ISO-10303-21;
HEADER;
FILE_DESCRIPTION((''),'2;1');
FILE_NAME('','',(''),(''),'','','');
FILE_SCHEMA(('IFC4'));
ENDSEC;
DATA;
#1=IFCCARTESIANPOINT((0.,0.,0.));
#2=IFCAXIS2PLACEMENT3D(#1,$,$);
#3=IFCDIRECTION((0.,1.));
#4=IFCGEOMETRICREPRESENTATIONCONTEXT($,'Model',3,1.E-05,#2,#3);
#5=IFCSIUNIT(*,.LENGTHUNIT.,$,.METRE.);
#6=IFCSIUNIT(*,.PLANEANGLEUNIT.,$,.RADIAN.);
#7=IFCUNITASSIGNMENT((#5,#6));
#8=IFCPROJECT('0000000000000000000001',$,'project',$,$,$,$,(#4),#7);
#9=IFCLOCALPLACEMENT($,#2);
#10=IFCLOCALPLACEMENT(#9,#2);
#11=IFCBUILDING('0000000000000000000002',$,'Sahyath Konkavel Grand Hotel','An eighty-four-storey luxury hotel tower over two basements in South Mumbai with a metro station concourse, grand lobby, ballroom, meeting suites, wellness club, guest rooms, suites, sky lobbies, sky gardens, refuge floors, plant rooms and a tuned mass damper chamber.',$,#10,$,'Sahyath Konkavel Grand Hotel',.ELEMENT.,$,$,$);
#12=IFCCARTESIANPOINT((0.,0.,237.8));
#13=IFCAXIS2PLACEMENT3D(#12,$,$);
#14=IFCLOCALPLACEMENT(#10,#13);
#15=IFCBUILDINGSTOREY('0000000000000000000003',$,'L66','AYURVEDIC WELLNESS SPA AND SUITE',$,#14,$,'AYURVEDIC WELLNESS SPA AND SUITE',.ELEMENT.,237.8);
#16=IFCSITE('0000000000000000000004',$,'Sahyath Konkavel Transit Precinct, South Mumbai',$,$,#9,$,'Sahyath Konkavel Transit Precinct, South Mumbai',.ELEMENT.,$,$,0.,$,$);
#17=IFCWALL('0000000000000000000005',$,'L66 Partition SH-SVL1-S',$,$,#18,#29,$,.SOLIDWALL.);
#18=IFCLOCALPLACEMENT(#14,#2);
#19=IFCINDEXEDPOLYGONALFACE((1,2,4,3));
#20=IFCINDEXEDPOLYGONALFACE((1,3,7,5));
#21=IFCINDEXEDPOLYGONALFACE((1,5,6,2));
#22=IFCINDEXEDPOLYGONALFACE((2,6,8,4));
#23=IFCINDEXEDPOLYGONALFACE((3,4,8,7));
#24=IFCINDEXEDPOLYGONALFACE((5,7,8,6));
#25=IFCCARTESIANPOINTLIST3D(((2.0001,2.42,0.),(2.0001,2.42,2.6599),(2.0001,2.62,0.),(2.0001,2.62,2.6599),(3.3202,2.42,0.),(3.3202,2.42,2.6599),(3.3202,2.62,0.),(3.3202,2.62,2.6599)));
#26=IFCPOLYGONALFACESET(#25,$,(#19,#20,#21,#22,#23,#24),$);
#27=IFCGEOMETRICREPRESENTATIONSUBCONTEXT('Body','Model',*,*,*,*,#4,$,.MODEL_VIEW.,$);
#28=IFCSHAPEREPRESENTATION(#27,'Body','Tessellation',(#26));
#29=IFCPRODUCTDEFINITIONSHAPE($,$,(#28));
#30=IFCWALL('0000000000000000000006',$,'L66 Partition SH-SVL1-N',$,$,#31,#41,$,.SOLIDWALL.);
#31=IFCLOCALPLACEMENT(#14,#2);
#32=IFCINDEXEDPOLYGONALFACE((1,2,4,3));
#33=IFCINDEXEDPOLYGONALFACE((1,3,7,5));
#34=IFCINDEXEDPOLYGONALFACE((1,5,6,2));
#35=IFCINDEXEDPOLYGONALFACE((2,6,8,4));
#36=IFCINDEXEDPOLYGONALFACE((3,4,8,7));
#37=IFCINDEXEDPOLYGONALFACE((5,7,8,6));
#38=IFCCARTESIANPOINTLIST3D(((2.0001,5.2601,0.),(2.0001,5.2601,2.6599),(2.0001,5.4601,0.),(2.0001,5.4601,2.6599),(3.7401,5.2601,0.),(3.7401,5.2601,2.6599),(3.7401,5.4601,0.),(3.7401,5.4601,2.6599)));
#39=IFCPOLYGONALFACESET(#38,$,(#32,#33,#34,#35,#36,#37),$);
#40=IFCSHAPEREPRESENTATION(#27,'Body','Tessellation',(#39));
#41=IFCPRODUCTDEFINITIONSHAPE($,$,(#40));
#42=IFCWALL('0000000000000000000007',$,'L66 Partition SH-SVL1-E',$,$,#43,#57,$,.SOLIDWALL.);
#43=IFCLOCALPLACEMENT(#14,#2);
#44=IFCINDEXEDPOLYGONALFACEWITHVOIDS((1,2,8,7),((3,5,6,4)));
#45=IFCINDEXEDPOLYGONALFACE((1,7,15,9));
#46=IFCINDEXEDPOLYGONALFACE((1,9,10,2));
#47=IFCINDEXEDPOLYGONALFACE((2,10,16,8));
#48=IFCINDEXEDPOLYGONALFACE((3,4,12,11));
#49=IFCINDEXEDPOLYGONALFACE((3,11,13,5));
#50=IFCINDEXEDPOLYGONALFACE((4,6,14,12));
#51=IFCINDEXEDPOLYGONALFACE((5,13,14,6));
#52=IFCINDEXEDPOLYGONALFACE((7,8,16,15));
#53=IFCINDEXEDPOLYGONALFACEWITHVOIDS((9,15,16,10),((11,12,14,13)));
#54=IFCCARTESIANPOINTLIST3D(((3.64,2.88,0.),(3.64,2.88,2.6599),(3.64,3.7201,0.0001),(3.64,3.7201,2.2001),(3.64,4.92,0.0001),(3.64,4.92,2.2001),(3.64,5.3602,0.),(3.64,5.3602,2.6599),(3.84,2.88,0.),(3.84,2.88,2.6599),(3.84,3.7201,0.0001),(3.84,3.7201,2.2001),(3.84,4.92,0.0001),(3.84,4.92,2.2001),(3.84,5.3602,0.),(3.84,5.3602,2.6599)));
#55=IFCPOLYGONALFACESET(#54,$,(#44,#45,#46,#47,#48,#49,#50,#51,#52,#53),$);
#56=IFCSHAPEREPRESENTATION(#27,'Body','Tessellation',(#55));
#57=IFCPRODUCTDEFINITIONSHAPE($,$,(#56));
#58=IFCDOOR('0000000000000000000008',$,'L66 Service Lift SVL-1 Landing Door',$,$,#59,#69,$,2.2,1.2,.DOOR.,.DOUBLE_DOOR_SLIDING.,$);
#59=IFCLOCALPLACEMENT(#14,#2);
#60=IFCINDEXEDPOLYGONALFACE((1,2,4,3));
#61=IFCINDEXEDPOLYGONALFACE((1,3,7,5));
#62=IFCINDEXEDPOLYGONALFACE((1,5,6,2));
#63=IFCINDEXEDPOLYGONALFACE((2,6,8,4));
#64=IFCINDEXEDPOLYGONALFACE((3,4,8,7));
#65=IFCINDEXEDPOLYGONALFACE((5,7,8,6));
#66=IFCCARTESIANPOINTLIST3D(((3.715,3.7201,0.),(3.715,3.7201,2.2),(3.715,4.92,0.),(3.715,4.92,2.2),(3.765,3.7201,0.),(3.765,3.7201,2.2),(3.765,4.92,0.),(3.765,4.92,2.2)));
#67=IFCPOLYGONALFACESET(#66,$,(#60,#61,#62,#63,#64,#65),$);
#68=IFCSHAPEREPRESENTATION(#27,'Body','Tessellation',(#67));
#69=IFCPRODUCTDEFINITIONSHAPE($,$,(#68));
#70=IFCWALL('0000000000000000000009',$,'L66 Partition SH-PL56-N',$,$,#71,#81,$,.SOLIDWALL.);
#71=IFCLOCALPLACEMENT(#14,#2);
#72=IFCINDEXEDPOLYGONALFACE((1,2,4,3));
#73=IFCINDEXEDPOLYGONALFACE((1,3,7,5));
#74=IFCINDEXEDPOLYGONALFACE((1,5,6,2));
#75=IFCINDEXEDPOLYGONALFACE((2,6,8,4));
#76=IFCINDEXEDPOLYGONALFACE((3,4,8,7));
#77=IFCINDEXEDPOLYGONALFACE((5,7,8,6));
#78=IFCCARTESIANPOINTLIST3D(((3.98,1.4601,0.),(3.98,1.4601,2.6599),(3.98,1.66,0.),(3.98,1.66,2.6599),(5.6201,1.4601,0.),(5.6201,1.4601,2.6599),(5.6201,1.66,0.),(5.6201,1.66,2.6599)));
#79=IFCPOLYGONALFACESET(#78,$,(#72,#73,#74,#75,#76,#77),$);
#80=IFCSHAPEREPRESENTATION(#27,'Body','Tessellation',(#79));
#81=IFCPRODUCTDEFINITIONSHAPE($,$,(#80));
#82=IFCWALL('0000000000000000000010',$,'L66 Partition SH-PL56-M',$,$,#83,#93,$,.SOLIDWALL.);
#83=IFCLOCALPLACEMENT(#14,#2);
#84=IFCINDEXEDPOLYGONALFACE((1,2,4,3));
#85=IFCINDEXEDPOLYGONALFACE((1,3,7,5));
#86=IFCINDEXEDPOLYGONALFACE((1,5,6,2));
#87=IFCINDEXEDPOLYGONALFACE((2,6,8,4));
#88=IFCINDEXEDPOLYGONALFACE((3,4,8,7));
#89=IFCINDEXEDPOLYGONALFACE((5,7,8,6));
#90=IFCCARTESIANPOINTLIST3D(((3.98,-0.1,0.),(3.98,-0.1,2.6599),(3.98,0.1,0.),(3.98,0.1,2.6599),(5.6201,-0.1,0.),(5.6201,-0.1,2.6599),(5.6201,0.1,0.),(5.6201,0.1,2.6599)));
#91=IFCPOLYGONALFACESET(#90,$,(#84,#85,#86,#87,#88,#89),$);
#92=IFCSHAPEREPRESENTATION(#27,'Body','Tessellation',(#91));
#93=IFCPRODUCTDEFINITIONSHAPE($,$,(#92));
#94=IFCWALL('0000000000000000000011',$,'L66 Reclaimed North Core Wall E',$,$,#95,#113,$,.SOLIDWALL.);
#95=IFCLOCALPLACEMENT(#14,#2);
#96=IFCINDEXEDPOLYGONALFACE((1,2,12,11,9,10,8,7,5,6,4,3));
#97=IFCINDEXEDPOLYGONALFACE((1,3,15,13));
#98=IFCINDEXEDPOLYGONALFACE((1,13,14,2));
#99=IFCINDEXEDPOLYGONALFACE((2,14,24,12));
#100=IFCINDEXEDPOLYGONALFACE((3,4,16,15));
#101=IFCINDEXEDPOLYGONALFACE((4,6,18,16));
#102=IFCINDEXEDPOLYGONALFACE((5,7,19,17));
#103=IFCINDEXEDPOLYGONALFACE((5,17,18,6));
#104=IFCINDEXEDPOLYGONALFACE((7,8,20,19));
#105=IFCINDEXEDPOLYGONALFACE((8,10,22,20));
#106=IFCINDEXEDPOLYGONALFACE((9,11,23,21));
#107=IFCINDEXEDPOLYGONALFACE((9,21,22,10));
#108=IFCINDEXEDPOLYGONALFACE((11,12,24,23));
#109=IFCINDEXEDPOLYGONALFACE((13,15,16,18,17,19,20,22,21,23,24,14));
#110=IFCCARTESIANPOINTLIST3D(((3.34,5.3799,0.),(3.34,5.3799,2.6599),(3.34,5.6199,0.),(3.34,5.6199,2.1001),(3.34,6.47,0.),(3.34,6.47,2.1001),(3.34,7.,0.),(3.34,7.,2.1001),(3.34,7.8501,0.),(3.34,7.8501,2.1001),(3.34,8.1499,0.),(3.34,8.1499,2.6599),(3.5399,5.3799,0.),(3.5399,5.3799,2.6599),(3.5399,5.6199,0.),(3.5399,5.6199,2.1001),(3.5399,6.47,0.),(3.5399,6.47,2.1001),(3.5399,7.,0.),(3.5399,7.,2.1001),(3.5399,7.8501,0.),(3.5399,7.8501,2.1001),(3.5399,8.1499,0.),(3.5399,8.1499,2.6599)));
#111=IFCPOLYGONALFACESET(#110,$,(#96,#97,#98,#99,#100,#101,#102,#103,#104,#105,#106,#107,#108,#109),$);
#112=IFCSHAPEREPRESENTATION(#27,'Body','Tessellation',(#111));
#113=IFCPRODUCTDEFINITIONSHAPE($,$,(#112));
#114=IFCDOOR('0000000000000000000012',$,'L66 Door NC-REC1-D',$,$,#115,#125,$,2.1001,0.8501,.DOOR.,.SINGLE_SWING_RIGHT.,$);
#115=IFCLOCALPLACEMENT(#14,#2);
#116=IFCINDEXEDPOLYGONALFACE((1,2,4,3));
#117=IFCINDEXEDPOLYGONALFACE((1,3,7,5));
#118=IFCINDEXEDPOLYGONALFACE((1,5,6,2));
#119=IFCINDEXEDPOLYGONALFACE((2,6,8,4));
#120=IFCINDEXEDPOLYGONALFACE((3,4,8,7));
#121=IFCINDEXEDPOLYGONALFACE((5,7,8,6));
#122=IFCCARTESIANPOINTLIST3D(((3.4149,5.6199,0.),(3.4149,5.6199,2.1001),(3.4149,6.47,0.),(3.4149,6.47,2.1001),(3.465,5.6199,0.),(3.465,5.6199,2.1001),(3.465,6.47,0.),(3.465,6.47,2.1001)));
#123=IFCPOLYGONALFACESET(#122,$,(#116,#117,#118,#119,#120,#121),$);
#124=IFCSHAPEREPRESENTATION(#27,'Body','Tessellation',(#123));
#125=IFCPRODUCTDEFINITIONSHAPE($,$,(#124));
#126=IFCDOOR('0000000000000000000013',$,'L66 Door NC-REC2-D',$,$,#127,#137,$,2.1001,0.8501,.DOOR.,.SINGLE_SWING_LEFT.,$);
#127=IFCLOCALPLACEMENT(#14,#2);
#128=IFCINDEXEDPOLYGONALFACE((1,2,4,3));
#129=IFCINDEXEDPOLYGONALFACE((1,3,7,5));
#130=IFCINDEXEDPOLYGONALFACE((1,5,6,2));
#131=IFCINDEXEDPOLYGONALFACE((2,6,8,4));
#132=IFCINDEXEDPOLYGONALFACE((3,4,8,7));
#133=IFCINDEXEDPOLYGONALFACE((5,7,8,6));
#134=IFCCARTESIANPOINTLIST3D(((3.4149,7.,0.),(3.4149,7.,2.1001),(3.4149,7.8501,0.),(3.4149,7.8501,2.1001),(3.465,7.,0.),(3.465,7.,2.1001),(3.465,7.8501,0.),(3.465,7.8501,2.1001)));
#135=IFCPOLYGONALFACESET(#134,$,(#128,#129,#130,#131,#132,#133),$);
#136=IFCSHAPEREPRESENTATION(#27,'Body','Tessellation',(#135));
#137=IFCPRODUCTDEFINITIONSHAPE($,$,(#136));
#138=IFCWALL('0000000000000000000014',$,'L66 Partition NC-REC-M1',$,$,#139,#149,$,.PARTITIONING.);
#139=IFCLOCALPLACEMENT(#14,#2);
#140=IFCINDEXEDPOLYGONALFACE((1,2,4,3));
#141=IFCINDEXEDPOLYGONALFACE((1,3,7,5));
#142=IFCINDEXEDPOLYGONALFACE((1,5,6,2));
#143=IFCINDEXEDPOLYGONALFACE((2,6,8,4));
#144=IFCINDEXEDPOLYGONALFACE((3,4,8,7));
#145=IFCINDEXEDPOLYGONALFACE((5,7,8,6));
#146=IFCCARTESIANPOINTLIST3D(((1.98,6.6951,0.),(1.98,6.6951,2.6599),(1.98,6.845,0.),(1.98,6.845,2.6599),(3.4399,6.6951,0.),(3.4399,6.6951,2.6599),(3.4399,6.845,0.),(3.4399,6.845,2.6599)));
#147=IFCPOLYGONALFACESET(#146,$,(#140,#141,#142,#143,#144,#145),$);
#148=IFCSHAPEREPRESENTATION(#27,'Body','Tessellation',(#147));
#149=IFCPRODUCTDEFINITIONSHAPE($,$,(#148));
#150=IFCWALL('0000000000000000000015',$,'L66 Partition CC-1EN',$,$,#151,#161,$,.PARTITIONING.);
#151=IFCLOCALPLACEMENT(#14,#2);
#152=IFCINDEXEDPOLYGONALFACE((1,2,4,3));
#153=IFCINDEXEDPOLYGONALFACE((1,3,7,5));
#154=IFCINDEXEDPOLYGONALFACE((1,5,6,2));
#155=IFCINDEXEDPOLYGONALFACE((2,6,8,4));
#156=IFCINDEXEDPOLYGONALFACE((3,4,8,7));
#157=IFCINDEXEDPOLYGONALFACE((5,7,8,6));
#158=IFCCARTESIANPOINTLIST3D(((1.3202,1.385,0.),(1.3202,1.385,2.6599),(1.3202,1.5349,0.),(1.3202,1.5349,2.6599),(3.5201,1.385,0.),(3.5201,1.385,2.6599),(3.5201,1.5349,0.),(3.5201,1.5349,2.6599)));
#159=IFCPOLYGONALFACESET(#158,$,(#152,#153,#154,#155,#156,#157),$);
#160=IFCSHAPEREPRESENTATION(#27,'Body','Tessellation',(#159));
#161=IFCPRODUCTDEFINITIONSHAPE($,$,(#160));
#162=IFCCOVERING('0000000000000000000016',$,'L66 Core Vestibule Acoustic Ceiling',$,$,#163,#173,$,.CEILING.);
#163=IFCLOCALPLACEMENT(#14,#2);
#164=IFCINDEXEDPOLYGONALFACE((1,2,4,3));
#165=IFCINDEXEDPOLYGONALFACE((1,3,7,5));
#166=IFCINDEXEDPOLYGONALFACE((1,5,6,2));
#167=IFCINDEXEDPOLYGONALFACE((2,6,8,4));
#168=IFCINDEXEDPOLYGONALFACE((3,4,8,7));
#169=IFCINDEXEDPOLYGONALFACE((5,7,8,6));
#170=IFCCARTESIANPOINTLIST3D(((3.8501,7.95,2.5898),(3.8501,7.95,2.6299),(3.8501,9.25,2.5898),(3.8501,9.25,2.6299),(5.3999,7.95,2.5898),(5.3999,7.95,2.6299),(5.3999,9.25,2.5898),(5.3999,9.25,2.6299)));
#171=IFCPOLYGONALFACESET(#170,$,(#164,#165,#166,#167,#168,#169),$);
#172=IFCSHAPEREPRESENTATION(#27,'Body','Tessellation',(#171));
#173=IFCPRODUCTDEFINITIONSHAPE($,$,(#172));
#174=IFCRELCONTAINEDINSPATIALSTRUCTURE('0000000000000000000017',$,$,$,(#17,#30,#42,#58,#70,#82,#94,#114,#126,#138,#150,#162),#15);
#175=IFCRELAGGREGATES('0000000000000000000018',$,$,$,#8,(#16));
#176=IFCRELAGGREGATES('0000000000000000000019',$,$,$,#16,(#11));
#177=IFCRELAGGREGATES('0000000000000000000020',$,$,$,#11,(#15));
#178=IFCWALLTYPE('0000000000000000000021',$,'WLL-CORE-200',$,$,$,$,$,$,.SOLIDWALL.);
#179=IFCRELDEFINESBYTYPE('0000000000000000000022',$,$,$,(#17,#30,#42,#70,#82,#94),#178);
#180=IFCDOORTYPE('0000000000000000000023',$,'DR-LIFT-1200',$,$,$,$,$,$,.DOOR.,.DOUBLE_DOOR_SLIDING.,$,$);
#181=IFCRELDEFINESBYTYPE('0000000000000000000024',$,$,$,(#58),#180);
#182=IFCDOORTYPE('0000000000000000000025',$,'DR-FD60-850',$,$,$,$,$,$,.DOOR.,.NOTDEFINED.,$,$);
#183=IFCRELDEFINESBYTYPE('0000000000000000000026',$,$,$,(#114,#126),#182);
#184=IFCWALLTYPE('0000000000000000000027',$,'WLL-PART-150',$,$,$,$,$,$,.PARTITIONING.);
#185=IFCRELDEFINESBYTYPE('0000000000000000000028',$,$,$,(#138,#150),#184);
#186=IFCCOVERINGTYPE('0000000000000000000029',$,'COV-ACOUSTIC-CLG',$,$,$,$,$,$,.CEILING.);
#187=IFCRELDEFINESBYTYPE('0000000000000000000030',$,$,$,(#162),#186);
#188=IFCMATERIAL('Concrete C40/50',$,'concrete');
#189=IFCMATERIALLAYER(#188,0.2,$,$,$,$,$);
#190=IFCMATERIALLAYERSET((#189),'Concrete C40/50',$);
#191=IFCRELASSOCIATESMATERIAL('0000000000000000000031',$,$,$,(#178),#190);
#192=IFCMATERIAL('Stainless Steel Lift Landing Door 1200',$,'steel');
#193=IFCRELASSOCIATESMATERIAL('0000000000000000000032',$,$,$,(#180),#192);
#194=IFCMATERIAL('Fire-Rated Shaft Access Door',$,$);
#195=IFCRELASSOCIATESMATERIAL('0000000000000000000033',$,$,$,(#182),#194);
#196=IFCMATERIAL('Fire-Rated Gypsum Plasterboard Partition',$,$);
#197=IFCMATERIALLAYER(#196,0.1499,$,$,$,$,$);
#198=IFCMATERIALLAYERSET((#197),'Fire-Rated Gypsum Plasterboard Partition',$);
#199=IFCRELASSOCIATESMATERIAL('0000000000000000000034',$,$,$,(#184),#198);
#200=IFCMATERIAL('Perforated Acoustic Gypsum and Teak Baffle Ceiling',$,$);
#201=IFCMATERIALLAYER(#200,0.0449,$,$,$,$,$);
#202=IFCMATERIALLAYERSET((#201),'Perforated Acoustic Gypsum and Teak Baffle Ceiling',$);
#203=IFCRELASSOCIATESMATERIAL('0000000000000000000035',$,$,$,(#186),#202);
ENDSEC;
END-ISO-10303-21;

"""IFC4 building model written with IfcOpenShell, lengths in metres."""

from ifc_helpers import new_model, si_unit, direction, frame, frame_2d, origin, origin_2d, place, context, subcontext, project, spatial, polyline, rectangle, outline, extrude, source, transform, mapped, material, layer, layer_set, type_object, element, fill, save


model = new_model("IFC4")

# Units and contexts
model_context = context("Model", 3, precision=1e-05, world=origin(), true_north=direction((0.0, 1.0)))
body_context = subcontext(model_context, "Body", "Model", "MODEL_VIEW")
ifc_project = project(units=[si_unit("LENGTHUNIT", "METRE"), si_unit("PLANEANGLEUNIT", "RADIAN")], contexts=[model_context])

# Site, building, storey
site_placement = place(None, origin())
site = spatial("IfcSite", under=ifc_project, at=site_placement, Name="Sahyath Konkavel Transit Precinct, South Mumbai", LongName="Sahyath Konkavel Transit Precinct, South Mumbai", CompositionType="ELEMENT", RefElevation=0.0)
building_placement = place(site_placement, origin())
building = spatial("IfcBuilding", under=site, at=building_placement, Name="Sahyath Konkavel Grand Hotel", Description="An eighty-four-storey luxury hotel tower over two basements in South Mumbai with a metro station concourse, grand lobby, ballroom, meeting suites, wellness club, guest rooms, suites, sky lobbies, sky gardens, refuge floors, plant rooms and a tuned mass damper chamber.", LongName="Sahyath Konkavel Grand Hotel", CompositionType="ELEMENT")
storey_placement = place(building_placement, frame((0.0, 0.0, 237.8)))
storey = spatial("IfcBuildingStorey", under=building, at=storey_placement, Name="L66", Description="AYURVEDIC WELLNESS SPA AND SUITE", LongName="AYURVEDIC WELLNESS SPA AND SUITE", CompositionType="ELEMENT", Elevation=237.8)

# Shared definitions
ifc_material_1 = material(Name="Concrete C40/50", Category="concrete")

# Shared definitions
ifc_layer_1 = layer(ifc_material_1, 0.2)
ifc_layer_set_1 = layer_set([ifc_layer_1], Name="Concrete C40/50")
wall_type_1 = type_object("IfcWallType", Name="WLL-CORE-200", PredefinedType="SOLIDWALL", material=ifc_layer_set_1)
shared_shape_1 = source(origin(), body_context, "Body", "SweptSolid", [
    extrude(rectangle(XDim=0.8501, YDim=0.05, at=origin_2d()), origin(), (0.0, 0.0, 1.0), 2.1001),
])

# Walls
wall_1_placement = place(storey_placement, frame((2.0, 2.52, 0.0), z_axis=(0.0, 0.0, 1.0), x_axis=(1.0, 0.0, 0.0)))
element("IfcWall", 1, at=wall_1_placement, inside=storey, type_object=wall_type_1, Name="L66 Partition SH-SVL1-S", PredefinedType="SOLIDWALL", context=body_context, shape_type="SweptSolid", body=[
    extrude(rectangle(XDim=1.3201, YDim=0.2, at=frame_2d((0.6602, 0.0))), origin(), (0.0, 0.0, 1.0), 2.6599),
])
wall_2_placement = place(storey_placement, frame((2.0, 5.3601, 0.0), z_axis=(0.0, 0.0, 1.0), x_axis=(1.0, 0.0, 0.0)))
element("IfcWall", 2, at=wall_2_placement, inside=storey, type_object=wall_type_1, Name="L66 Partition SH-SVL1-N", PredefinedType="SOLIDWALL", context=body_context, shape_type="SweptSolid", body=[
    extrude(rectangle(XDim=1.74, YDim=0.2, at=frame_2d((0.8701, 0.0))), origin(), (0.0, 0.0, 1.0), 2.6599),
])

# Wall, opening, door
wall_3_placement = place(storey_placement, frame((3.74, 2.8799, 0.0), z_axis=(0.0, 0.0, 1.0), x_axis=(0.0, 1.0, 0.0)))
wall_3 = element("IfcWall", 3, at=wall_3_placement, inside=storey, type_object=wall_type_1, Name="L66 Partition SH-SVL1-E", PredefinedType="SOLIDWALL", context=body_context, shape_type="SweptSolid", body=[
    extrude(rectangle(XDim=2.4802, YDim=0.2, at=frame_2d((1.2402, 0.0))), origin(), (0.0, 0.0, 1.0), 2.6599),
])
opening_1_placement = place(wall_3_placement, frame((0.8401, 0.0, 0.0)))
opening_1 = element("IfcOpeningElement", 4, at=opening_1_placement, cuts=wall_3, PredefinedType="OPENING", context=body_context, shape_type="SweptSolid", body=[
    extrude(rectangle(XDim=1.2, YDim=2.2, at=frame_2d((0.6001, 1.1001))), frame((0.0, 0.1099, 0.0), z_axis=(0.0, -1.0, 0.0), x_axis=(1.0, 0.0, 0.0)), (0.0, 0.0, 1.0), 0.22),
])
ifc_material_2 = material(Name="Stainless Steel Lift Landing Door 1200", Category="steel")
door_type_1 = type_object("IfcDoorType", Name="DR-LIFT-1200", OperationType="DOUBLE_DOOR_SLIDING", PredefinedType="DOOR", material=ifc_material_2)
shared_shape_2 = source(origin(), body_context, "Body", "SweptSolid", [
    extrude(rectangle(XDim=1.2, YDim=0.05, at=origin_2d()), origin(), (0.0, 0.0, 1.0), 2.2),
])
door_1_placement = place(opening_1_placement, frame((0.6001, 0.0, 0.0)))
door_1 = element("IfcDoor", 5, at=door_1_placement, inside=storey, type_object=door_type_1, Name="L66 Service Lift SVL-1 Landing Door", OperationType="DOUBLE_DOOR_SLIDING", OverallHeight=2.2, OverallWidth=1.2, PredefinedType="DOOR", context=body_context, shape_type="MappedRepresentation", body=[
    mapped(shared_shape_2, transform((0.0, 0.0, 0.0), scale=1.0)),
])
fill(opening_1, door_1)

# Walls
for number, where, z_axis, x_axis, name in (
    (6, (3.98, 1.5601, 0.0), (0.0, 0.0, 1.0), (1.0, 0.0, 0.0), "L66 Partition SH-PL56-N"),
    (7, (3.98, 0.0, 0.0), (0.0, 0.0, 1.0), (1.0, 0.0, 0.0), "L66 Partition SH-PL56-M"),
):
    element("IfcWall", number, at=place(storey_placement, frame(where, z_axis=z_axis, x_axis=x_axis)), inside=storey, type_object=wall_type_1, Name=name, PredefinedType="SOLIDWALL", context=body_context, shape_type="SweptSolid", body=[
        extrude(rectangle(XDim=1.6401, YDim=0.2, at=frame_2d((0.8201, 0.0))), origin(), (0.0, 0.0, 1.0), 2.6599),
    ])

# Wall, openings, doors
wall_4_placement = place(storey_placement, frame((3.4399, 5.3799, 0.0), z_axis=(0.0, 0.0, 1.0), x_axis=(0.0, 1.0, 0.0)))
wall_4 = element("IfcWall", 8, at=wall_4_placement, inside=storey, type_object=wall_type_1, Name="L66 Reclaimed North Core Wall E", PredefinedType="SOLIDWALL", context=body_context, shape_type="SweptSolid", body=[
    extrude(rectangle(XDim=2.77, YDim=0.2, at=frame_2d((1.385, 0.0))), origin(), (0.0, 0.0, 1.0), 2.6599),
])
opening_2_placement = place(wall_4_placement, frame((0.24, 0.0, 0.0)))
opening_2 = element("IfcOpeningElement", 9, at=opening_2_placement, cuts=wall_4, PredefinedType="OPENING", context=body_context, shape_type="SweptSolid", body=[
    extrude(rectangle(XDim=0.8501, YDim=2.1001, at=frame_2d((0.425, 1.05))), frame((0.0, 0.1099, 0.0), z_axis=(0.0, -1.0, 0.0), x_axis=(1.0, 0.0, 0.0)), (0.0, 0.0, 1.0), 0.22),
])
opening_3_placement = place(wall_4_placement, frame((1.6201, 0.0, 0.0)))
opening_3 = element("IfcOpeningElement", 10, at=opening_3_placement, cuts=wall_4, PredefinedType="OPENING", context=body_context, shape_type="SweptSolid", body=[
    extrude(rectangle(XDim=0.8501, YDim=2.1001, at=frame_2d((0.425, 1.05))), frame((0.0, 0.1099, 0.0), z_axis=(0.0, -1.0, 0.0), x_axis=(1.0, 0.0, 0.0)), (0.0, 0.0, 1.0), 0.22),
])
ifc_material_3 = material(Name="Fire-Rated Shaft Access Door")
door_type_2 = type_object("IfcDoorType", Name="DR-FD60-850", OperationType="NOTDEFINED", PredefinedType="DOOR", material=ifc_material_3)
door_2_placement = place(opening_2_placement, frame((0.425, 0.0, 0.0)))
door_2 = element("IfcDoor", 11, at=door_2_placement, inside=storey, type_object=door_type_2, Name="L66 Door NC-REC1-D", OperationType="SINGLE_SWING_RIGHT", OverallHeight=2.1001, OverallWidth=0.8501, PredefinedType="DOOR", context=body_context, shape_type="MappedRepresentation", body=[
    mapped(shared_shape_1, transform((0.0, 0.0, 0.0), scale=1.0)),
])
fill(opening_2, door_2)
door_3_placement = place(opening_3_placement, frame((0.425, 0.0, 0.0)))
door_3 = element("IfcDoor", 12, at=door_3_placement, inside=storey, type_object=door_type_2, Name="L66 Door NC-REC2-D", OperationType="SINGLE_SWING_LEFT", OverallHeight=2.1001, OverallWidth=0.8501, PredefinedType="DOOR", context=body_context, shape_type="MappedRepresentation", body=[
    mapped(shared_shape_1, transform((0.0, 0.0, 0.0), scale=1.0)),
])
fill(opening_3, door_3)

# Walls
ifc_material_4 = material(Name="Fire-Rated Gypsum Plasterboard Partition")
ifc_layer_2 = layer(ifc_material_4, 0.1499)
ifc_layer_set_2 = layer_set([ifc_layer_2], Name="Fire-Rated Gypsum Plasterboard Partition")
wall_type_2 = type_object("IfcWallType", Name="WLL-PART-150", PredefinedType="PARTITIONING", material=ifc_layer_set_2)
wall_5_placement = place(storey_placement, frame((1.98, 6.77, 0.0), z_axis=(0.0, 0.0, 1.0), x_axis=(1.0, 0.0, 0.0)))
element("IfcWall", 13, at=wall_5_placement, inside=storey, type_object=wall_type_2, Name="L66 Partition NC-REC-M1", PredefinedType="PARTITIONING", context=body_context, shape_type="SweptSolid", body=[
    extrude(rectangle(XDim=1.46, YDim=0.1499, at=frame_2d((0.73, 0.0))), origin(), (0.0, 0.0, 1.0), 2.6599),
])
wall_6_placement = place(storey_placement, frame((1.3201, 1.46, 0.0), z_axis=(0.0, 0.0, 1.0), x_axis=(1.0, 0.0, 0.0)))
element("IfcWall", 14, at=wall_6_placement, inside=storey, type_object=wall_type_2, Name="L66 Partition CC-1EN", PredefinedType="PARTITIONING", context=body_context, shape_type="SweptSolid", body=[
    extrude(rectangle(XDim=2.2, YDim=0.1499, at=frame_2d((1.1001, 0.0))), origin(), (0.0, 0.0, 1.0), 2.6599),
])

# Covering
ifc_material_5 = material(Name="Perforated Acoustic Gypsum and Teak Baffle Ceiling")
ifc_layer_3 = layer(ifc_material_5, 0.0449)
ifc_layer_set_3 = layer_set([ifc_layer_3], Name="Perforated Acoustic Gypsum and Teak Baffle Ceiling")
covering_type_1 = type_object("IfcCoveringType", Name="COV-ACOUSTIC-CLG", PredefinedType="CEILING", material=ifc_layer_set_3)
covering_1_placement = place(storey_placement, frame((0.0, 0.0, 2.5898)))
element("IfcCovering", 15, at=covering_1_placement, inside=storey, type_object=covering_type_1, Name="L66 Core Vestibule Acoustic Ceiling", PredefinedType="CEILING", context=body_context, shape_type="SweptSolid", body=[
    extrude(outline(polyline([(3.8501, 7.95), (5.3999, 7.95), (5.3999, 9.25), (3.8501, 9.25), (3.8501, 7.95)])), origin(), (0.0, 0.0, 1.0), 0.04),
])

save(model, "model.ifc")
